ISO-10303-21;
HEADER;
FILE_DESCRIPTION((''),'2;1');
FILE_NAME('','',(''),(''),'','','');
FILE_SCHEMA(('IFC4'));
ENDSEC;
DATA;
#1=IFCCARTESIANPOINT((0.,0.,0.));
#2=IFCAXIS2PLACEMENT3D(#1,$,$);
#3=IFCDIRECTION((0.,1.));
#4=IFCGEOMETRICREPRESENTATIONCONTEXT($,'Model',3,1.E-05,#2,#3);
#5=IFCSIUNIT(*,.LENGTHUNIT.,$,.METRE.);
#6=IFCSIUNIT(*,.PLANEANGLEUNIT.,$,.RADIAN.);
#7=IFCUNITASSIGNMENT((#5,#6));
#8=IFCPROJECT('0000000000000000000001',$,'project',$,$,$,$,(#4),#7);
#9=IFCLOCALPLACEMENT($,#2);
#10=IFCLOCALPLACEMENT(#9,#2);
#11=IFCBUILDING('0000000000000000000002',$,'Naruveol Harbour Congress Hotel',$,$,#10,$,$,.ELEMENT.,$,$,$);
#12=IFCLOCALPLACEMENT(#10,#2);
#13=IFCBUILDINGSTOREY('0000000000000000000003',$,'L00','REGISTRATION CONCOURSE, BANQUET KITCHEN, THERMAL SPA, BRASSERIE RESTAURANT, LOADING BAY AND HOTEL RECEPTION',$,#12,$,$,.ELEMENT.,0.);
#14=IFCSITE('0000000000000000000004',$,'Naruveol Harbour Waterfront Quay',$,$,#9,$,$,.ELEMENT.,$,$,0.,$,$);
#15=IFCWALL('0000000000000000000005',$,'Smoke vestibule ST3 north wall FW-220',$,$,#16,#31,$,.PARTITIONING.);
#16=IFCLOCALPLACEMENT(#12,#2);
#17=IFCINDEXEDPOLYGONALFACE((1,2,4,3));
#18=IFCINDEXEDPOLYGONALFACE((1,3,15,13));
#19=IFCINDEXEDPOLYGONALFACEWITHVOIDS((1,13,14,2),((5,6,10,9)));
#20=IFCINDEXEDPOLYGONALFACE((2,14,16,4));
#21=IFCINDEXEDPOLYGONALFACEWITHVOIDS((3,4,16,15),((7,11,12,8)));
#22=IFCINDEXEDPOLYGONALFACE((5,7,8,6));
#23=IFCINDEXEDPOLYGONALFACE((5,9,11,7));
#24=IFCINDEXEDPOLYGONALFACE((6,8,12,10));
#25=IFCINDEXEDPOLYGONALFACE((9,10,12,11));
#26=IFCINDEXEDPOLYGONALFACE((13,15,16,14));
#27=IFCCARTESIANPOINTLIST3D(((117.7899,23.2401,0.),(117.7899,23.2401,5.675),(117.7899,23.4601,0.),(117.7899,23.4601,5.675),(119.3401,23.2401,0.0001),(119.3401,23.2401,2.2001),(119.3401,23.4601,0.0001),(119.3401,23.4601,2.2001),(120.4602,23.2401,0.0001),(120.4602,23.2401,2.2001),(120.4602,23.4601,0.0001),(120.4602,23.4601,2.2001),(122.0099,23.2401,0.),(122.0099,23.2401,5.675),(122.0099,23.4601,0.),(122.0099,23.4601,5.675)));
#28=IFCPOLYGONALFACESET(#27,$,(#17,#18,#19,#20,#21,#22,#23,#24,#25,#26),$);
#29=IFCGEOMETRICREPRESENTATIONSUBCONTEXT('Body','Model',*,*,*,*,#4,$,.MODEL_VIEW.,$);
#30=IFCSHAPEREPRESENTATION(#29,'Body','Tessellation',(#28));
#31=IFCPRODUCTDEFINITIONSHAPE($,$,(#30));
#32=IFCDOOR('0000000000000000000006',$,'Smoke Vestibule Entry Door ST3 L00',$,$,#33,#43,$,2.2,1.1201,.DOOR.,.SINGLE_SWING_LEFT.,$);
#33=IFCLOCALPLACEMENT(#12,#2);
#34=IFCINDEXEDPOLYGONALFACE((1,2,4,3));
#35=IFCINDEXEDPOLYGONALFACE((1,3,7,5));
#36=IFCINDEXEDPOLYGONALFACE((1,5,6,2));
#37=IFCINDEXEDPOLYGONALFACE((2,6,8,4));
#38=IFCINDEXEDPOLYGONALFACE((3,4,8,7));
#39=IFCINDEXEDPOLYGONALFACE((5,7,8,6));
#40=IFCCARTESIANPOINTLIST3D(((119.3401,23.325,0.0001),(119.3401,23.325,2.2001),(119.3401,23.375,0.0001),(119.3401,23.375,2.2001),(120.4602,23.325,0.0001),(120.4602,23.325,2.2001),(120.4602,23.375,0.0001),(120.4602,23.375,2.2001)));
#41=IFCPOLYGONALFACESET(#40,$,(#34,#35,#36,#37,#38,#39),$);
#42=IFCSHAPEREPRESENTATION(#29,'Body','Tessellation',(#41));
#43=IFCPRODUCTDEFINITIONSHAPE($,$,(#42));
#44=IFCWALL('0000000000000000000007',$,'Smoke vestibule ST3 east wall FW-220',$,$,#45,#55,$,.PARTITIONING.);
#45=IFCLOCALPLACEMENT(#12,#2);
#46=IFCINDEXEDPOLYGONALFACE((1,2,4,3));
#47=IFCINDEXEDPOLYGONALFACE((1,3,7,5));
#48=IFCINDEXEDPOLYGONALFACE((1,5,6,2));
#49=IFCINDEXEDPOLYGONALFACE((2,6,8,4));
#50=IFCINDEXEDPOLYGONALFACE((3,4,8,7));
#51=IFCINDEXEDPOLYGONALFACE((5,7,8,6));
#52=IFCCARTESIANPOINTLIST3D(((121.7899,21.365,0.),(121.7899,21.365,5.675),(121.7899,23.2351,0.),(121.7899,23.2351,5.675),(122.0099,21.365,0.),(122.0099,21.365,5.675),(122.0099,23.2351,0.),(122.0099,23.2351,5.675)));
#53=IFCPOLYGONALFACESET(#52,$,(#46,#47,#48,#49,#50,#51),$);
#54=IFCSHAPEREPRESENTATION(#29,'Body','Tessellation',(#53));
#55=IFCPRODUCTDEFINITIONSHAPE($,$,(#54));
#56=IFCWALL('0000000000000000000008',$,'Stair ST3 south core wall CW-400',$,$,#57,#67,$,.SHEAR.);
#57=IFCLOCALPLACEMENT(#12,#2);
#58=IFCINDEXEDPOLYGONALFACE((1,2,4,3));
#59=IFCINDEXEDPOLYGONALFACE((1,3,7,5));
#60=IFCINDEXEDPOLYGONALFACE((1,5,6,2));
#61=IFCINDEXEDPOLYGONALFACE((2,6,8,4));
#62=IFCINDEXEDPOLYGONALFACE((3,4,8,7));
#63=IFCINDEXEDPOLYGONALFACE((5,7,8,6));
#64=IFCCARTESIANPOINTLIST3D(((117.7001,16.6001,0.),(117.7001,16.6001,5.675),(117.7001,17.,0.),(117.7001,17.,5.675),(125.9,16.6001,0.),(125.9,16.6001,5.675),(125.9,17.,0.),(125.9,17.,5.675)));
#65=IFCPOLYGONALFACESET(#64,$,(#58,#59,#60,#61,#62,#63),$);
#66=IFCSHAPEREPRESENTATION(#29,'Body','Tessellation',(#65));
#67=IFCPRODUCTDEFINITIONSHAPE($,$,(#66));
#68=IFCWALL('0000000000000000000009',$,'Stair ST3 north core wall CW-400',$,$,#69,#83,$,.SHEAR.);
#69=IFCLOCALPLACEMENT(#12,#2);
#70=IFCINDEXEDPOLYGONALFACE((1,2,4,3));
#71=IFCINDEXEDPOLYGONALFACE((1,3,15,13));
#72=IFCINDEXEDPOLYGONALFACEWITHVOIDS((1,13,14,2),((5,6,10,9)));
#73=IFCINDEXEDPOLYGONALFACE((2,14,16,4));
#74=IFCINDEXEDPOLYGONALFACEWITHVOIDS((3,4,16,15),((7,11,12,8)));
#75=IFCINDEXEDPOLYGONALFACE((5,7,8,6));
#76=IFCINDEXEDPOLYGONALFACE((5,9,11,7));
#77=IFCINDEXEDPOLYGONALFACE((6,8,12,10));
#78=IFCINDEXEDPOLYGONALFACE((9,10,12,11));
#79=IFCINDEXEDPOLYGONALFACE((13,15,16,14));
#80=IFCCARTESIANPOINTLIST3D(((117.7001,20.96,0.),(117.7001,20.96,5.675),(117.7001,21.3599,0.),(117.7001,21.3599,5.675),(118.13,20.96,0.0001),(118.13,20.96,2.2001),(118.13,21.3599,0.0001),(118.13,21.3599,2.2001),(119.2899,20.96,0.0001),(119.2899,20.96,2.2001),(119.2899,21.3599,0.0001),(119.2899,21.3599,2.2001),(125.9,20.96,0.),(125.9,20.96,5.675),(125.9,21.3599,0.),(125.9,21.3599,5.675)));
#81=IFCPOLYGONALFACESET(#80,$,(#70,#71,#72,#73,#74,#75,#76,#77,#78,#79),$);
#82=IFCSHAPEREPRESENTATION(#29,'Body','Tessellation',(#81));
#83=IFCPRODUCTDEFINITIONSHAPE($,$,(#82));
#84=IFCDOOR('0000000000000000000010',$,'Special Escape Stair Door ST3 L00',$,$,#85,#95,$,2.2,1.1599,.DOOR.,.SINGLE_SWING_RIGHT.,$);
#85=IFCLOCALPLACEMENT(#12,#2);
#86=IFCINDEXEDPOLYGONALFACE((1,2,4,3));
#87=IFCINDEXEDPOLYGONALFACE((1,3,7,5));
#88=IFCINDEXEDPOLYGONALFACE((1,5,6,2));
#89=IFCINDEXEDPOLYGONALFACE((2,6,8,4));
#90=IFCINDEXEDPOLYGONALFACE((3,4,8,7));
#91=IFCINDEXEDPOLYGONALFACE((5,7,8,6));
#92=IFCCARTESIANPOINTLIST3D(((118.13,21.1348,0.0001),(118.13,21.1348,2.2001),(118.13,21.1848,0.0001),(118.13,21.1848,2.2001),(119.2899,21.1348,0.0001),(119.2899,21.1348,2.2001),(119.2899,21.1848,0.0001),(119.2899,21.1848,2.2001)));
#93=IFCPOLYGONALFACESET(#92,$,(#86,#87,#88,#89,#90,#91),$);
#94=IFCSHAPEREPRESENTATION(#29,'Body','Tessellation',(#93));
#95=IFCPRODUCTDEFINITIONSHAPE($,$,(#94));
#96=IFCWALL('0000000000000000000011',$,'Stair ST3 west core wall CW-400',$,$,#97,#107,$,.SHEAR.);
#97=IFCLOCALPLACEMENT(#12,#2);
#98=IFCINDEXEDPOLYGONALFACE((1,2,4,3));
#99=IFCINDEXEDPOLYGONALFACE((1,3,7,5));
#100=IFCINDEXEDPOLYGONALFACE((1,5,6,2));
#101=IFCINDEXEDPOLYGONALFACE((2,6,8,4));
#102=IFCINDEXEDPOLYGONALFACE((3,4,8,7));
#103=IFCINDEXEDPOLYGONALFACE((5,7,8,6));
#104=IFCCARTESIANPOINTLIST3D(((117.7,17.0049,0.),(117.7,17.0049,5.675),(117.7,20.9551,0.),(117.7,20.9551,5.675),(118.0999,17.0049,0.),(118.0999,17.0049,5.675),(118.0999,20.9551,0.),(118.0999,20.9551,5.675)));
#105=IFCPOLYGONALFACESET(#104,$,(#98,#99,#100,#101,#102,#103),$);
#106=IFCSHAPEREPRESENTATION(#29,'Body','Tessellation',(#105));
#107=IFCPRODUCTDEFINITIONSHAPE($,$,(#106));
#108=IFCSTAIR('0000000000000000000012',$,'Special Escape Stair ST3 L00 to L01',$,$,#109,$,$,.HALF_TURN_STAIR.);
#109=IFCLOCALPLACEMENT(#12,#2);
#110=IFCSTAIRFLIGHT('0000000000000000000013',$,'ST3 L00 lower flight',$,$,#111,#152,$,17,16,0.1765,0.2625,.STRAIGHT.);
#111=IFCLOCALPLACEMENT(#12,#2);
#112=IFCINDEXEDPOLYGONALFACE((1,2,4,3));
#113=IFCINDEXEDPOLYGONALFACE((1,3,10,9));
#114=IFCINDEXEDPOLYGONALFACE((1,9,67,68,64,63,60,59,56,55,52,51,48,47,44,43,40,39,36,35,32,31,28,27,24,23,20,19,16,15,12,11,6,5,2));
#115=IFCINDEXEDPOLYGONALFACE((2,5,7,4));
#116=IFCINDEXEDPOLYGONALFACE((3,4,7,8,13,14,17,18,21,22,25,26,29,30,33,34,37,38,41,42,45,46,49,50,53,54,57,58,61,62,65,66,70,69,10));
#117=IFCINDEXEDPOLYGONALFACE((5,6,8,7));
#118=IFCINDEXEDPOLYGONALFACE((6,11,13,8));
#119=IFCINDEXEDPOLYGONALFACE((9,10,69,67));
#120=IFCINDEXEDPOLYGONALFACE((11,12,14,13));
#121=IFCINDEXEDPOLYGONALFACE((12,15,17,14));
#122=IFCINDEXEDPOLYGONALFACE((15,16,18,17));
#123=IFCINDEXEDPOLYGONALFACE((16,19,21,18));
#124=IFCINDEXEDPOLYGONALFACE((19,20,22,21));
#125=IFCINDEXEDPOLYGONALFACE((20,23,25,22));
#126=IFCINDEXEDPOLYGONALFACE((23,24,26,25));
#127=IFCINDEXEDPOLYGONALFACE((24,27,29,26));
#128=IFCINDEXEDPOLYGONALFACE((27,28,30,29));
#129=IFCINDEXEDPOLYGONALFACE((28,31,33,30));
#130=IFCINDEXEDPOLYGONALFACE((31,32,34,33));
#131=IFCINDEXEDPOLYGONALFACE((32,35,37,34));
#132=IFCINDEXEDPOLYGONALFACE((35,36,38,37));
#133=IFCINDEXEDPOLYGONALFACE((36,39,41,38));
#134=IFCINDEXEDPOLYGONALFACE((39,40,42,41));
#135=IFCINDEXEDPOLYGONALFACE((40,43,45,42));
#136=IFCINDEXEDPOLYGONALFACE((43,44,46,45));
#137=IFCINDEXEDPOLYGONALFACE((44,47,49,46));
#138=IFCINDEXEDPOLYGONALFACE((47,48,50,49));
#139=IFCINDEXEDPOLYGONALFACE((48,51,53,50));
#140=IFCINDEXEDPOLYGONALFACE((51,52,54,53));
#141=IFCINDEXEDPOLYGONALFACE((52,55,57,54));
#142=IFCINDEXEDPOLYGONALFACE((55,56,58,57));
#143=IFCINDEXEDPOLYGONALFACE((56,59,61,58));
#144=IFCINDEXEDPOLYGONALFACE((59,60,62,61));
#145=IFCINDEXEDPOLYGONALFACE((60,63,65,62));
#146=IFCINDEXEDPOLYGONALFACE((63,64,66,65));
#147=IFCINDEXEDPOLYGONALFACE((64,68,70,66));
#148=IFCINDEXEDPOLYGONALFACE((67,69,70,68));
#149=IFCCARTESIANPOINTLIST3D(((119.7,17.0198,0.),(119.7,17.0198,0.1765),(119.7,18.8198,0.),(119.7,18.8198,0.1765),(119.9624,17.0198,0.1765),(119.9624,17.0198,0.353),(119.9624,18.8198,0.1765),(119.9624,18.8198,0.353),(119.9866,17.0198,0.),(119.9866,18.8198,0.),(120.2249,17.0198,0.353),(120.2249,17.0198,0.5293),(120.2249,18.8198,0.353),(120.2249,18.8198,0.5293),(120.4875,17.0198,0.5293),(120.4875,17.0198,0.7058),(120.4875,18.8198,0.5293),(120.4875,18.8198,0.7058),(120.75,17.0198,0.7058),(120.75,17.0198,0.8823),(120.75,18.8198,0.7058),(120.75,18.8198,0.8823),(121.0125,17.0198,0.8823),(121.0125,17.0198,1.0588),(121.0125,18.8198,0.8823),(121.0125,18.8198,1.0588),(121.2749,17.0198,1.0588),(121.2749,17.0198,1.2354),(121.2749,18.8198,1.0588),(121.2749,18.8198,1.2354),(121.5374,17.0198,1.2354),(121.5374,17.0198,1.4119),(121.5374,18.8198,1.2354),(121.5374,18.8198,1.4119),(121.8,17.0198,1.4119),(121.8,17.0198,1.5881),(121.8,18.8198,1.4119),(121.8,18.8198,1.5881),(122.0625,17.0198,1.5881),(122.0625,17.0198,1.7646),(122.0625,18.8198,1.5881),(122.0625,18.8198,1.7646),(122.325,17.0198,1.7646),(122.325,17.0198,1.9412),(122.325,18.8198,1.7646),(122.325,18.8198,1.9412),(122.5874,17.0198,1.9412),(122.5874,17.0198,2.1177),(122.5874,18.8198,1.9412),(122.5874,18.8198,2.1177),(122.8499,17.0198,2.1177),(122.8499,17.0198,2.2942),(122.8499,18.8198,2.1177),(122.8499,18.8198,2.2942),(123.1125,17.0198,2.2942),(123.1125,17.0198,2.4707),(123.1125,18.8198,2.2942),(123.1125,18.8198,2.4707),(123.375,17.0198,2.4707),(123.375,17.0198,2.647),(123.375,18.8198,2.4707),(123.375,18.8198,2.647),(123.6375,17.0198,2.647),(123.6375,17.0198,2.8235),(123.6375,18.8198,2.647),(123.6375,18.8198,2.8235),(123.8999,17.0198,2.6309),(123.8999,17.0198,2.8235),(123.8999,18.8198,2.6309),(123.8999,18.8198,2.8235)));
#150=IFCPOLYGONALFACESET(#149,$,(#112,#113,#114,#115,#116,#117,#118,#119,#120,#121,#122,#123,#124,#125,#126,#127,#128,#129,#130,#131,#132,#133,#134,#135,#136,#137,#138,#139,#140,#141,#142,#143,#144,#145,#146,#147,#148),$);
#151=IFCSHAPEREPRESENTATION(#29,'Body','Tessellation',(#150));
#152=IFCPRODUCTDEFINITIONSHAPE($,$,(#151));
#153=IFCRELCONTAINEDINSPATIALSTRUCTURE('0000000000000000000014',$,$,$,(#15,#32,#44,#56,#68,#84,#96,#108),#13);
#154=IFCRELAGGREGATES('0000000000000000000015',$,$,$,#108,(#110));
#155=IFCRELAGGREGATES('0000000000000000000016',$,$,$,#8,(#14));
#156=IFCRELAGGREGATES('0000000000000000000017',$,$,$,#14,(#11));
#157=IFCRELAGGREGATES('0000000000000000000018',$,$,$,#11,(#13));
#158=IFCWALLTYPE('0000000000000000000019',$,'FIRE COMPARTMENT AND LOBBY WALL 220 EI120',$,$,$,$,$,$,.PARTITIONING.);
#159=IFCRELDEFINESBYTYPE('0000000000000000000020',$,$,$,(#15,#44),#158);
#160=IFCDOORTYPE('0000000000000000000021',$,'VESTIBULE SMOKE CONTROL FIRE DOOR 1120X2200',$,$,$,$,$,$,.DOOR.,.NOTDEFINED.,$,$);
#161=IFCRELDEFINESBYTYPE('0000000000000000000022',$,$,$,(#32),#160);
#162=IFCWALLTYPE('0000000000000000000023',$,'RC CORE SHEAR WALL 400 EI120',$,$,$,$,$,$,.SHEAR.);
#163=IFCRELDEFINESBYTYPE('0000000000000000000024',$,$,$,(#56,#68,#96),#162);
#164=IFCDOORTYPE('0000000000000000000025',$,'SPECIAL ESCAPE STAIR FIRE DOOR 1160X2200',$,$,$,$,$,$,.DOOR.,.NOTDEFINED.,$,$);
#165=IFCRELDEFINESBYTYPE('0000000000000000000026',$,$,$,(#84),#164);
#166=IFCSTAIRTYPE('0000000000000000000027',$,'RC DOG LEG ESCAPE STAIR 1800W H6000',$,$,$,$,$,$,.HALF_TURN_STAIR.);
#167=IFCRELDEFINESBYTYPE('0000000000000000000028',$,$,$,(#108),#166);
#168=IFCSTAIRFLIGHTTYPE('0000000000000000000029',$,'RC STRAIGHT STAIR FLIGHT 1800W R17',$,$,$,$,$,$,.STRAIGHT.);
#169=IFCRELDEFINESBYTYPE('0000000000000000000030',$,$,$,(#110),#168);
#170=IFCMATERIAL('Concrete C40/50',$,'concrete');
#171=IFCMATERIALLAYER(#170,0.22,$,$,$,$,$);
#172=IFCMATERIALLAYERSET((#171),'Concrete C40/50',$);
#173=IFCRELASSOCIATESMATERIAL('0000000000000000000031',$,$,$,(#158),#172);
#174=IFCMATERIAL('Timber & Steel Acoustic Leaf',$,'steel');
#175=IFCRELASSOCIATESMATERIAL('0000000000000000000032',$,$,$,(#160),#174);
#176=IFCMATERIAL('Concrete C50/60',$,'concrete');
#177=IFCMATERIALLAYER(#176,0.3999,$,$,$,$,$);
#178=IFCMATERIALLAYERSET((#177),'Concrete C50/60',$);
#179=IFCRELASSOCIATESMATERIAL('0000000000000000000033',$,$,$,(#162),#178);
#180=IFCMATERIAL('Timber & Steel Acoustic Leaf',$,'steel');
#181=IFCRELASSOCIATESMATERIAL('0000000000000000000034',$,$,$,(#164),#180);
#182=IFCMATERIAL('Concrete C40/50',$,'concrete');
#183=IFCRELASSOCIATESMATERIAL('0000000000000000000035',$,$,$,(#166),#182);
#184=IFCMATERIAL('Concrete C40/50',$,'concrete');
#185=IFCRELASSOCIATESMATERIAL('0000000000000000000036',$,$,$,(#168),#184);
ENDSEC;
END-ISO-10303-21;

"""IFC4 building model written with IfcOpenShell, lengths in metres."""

from ifc_helpers import new_model, si_unit, direction, frame, frame_2d, origin, place, context, subcontext, project, spatial, polyline, rectangle, outline, extrude, material, layer, layer_set, type_object, element, fill, aggregate, save


model = new_model("IFC4")

# Units and contexts
model_context = context("Model", 3, precision=1e-05, world=origin(), true_north=direction((0.0, 1.0)))
body_context = subcontext(model_context, "Body", "Model", "MODEL_VIEW")
ifc_project = project(units=[si_unit("LENGTHUNIT", "METRE"), si_unit("PLANEANGLEUNIT", "RADIAN")], contexts=[model_context])

# Site, building, storey
site_placement = place(None, origin())
site = spatial("IfcSite", under=ifc_project, at=site_placement, Name="Naruveol Harbour Waterfront Quay", CompositionType="ELEMENT", RefElevation=0.0)
building_placement = place(site_placement, origin())
building = spatial("IfcBuilding", under=site, at=building_placement, Name="Naruveol Harbour Congress Hotel", CompositionType="ELEMENT")
storey_placement = place(building_placement, origin())
storey = spatial("IfcBuildingStorey", under=building, at=storey_placement, Name="L00", Description="REGISTRATION CONCOURSE, BANQUET KITCHEN, THERMAL SPA, BRASSERIE RESTAURANT, LOADING BAY AND HOTEL RECEPTION", CompositionType="ELEMENT", Elevation=0.0)

# Shared definitions
ifc_material_1 = material(Name="Concrete C40/50", Category="concrete")
ifc_layer_1 = layer(ifc_material_1, 0.22)
ifc_layer_set_1 = layer_set([ifc_layer_1], Name="Concrete C40/50")
wall_type_1 = type_object("IfcWallType", Name="FIRE COMPARTMENT AND LOBBY WALL 220 EI120", PredefinedType="PARTITIONING", material=ifc_layer_set_1)

# Wall, opening, door
wall_1_placement = place(storey_placement, frame((117.79, 23.3501, 0.0), z_axis=(0.0, 0.0, 1.0), x_axis=(1.0, 0.0, 0.0)))
wall_1 = element("IfcWall", 1, at=wall_1_placement, inside=storey, type_object=wall_type_1, Name="Smoke vestibule ST3 north wall FW-220", PredefinedType="PARTITIONING", context=body_context, shape_type="SweptSolid", body=[
    extrude(rectangle(XDim=4.22, YDim=0.22, at=frame_2d((2.1099, 0.0))), origin(), (0.0, 0.0, 1.0), 5.675),
])
opening_1_placement = place(wall_1_placement, frame((1.55, 0.0, 0.0)))
opening_1 = element("IfcOpeningElement", 2, at=opening_1_placement, cuts=wall_1, PredefinedType="OPENING", context=body_context, shape_type="SweptSolid", body=[
    extrude(rectangle(XDim=1.1201, YDim=2.2, at=frame_2d((0.5601, 1.1001))), frame((0.0, 0.1199, 0.0), z_axis=(0.0, -1.0, 0.0), x_axis=(1.0, 0.0, 0.0)), (0.0, 0.0, 1.0), 0.24),
])
ifc_material_2 = material(Name="Timber & Steel Acoustic Leaf", Category="steel")
door_type_1 = type_object("IfcDoorType", Name="VESTIBULE SMOKE CONTROL FIRE DOOR 1120X2200", OperationType="NOTDEFINED", PredefinedType="DOOR", material=ifc_material_2)
door_1_placement = place(opening_1_placement, origin())
door_1 = element("IfcDoor", 3, at=door_1_placement, inside=storey, type_object=door_type_1, Name="Smoke Vestibule Entry Door ST3 L00", OperationType="SINGLE_SWING_LEFT", OverallHeight=2.2, OverallWidth=1.1201, PredefinedType="DOOR", context=body_context, shape_type="SweptSolid", body=[
    extrude(rectangle(XDim=1.1201, YDim=2.2, at=frame_2d((0.5601, 1.1001))), frame((0.0, 0.0249, 0.0), z_axis=(0.0, -1.0, 0.0), x_axis=(1.0, 0.0, 0.0)), (0.0, 0.0, 1.0), 0.05),
])
fill(opening_1, door_1)

# Walls
wall_2_placement = place(storey_placement, frame((121.8999, 21.365, 0.0), z_axis=(0.0, 0.0, 1.0), x_axis=(0.0, 1.0, 0.0)))
element("IfcWall", 4, at=wall_2_placement, inside=storey, type_object=wall_type_1, Name="Smoke vestibule ST3 east wall FW-220", PredefinedType="PARTITIONING", context=body_context, shape_type="SweptSolid", body=[
    extrude(rectangle(XDim=1.8701, YDim=0.22, at=frame_2d((0.9351, 0.0))), origin(), (0.0, 0.0, 1.0), 5.675),
])
ifc_material_3 = material(Name="Concrete C50/60", Category="concrete")
ifc_layer_2 = layer(ifc_material_3, 0.3999)
ifc_layer_set_2 = layer_set([ifc_layer_2], Name="Concrete C50/60")
wall_type_2 = type_object("IfcWallType", Name="RC CORE SHEAR WALL 400 EI120", PredefinedType="SHEAR", material=ifc_layer_set_2)
wall_3_placement = place(storey_placement, frame((117.7, 16.8, 0.0), z_axis=(0.0, 0.0, 1.0), x_axis=(1.0, 0.0, 0.0)))
element("IfcWall", 5, at=wall_3_placement, inside=storey, type_object=wall_type_2, Name="Stair ST3 south core wall CW-400", PredefinedType="SHEAR", context=body_context, shape_type="SweptSolid", body=[
    extrude(rectangle(XDim=8.2, YDim=0.3999, at=frame_2d((4.1001, 0.0))), origin(), (0.0, 0.0, 1.0), 5.675),
])

# Wall, opening, door
wall_4_placement = place(storey_placement, frame((117.7, 21.1599, 0.0), z_axis=(0.0, 0.0, 1.0), x_axis=(1.0, 0.0, 0.0)))
wall_4 = element("IfcWall", 6, at=wall_4_placement, inside=storey, type_object=wall_type_2, Name="Stair ST3 north core wall CW-400", PredefinedType="SHEAR", context=body_context, shape_type="SweptSolid", body=[
    extrude(rectangle(XDim=8.2, YDim=0.3999, at=frame_2d((4.1001, 0.0))), origin(), (0.0, 0.0, 1.0), 5.675),
])
opening_2_placement = place(wall_4_placement, frame((0.4299, 0.0, 0.0)))
opening_2 = element("IfcOpeningElement", 7, at=opening_2_placement, cuts=wall_4, PredefinedType="OPENING", context=body_context, shape_type="SweptSolid", body=[
    extrude(rectangle(XDim=1.1599, YDim=2.2, at=frame_2d((0.5801, 1.1001))), frame((0.0, 0.21, 0.0), z_axis=(0.0, -1.0, 0.0), x_axis=(1.0, 0.0, 0.0)), (0.0, 0.0, 1.0), 0.4199),
])
ifc_material_4 = material(Name="Timber & Steel Acoustic Leaf", Category="steel")
door_type_2 = type_object("IfcDoorType", Name="SPECIAL ESCAPE STAIR FIRE DOOR 1160X2200", OperationType="NOTDEFINED", PredefinedType="DOOR", material=ifc_material_4)
door_2_placement = place(opening_2_placement, origin())
door_2 = element("IfcDoor", 8, at=door_2_placement, inside=storey, type_object=door_type_2, Name="Special Escape Stair Door ST3 L00", OperationType="SINGLE_SWING_RIGHT", OverallHeight=2.2, OverallWidth=1.1599, PredefinedType="DOOR", context=body_context, shape_type="SweptSolid", body=[
    extrude(rectangle(XDim=1.1599, YDim=2.2, at=frame_2d((0.5801, 1.1001))), frame((0.0, 0.0249, 0.0), z_axis=(0.0, -1.0, 0.0), x_axis=(1.0, 0.0, 0.0)), (0.0, 0.0, 1.0), 0.05),
])
fill(opening_2, door_2)

# Wall
wall_5_placement = place(storey_placement, frame((117.8999, 17.0049, 0.0), z_axis=(0.0, 0.0, 1.0), x_axis=(0.0, 1.0, 0.0)))
element("IfcWall", 9, at=wall_5_placement, inside=storey, type_object=wall_type_2, Name="Stair ST3 west core wall CW-400", PredefinedType="SHEAR", context=body_context, shape_type="SweptSolid", body=[
    extrude(rectangle(XDim=3.9502, YDim=0.3999, at=frame_2d((1.9751, 0.0))), origin(), (0.0, 0.0, 1.0), 5.675),
])

# Stair, stair flight
ifc_material_5 = material(Name="Concrete C40/50", Category="concrete")
stair_type = type_object("IfcStairType", Name="RC DOG LEG ESCAPE STAIR 1800W H6000", PredefinedType="HALF_TURN_STAIR", material=ifc_material_5)
stair_placement = place(storey_placement, origin())
stair = element("IfcStair", 10, at=stair_placement, inside=storey, type_object=stair_type, Name="Special Escape Stair ST3 L00 to L01", PredefinedType="HALF_TURN_STAIR")
ifc_material_6 = material(Name="Concrete C40/50", Category="concrete")
stair_flight_type = type_object("IfcStairFlightType", Name="RC STRAIGHT STAIR FLIGHT 1800W R17", PredefinedType="STRAIGHT", material=ifc_material_6)
stair_flight_1_placement = place(storey_placement, frame((119.7, 17.9199, 0.0), z_axis=(0.0, 0.0, 1.0), x_axis=(1.0, 0.0, 0.0)))
stair_flight_1 = element("IfcStairFlight", 11, at=stair_flight_1_placement, type_object=stair_flight_type, Name="ST3 L00 lower flight", NumberOfRisers=17, NumberOfTreads=16, PredefinedType="STRAIGHT", RiserHeight=0.1765, TreadLength=0.2625, context=body_context, shape_type="SweptSolid", body=[
    extrude(outline(polyline([(0.0, 0.0), (0.0, 0.1765), (0.2625, 0.1765), (0.2625, 0.353), (0.5249, 0.353), (0.5249, 0.5293), (0.7876, 0.5293), (0.7876, 0.7058), (1.05, 0.7058), (1.05, 0.8823), (1.3125, 0.8823), (1.3125, 1.0588), (1.575, 1.0588), (1.575, 1.2354), (1.8374, 1.2354), (1.8374, 1.4119), (2.1001, 1.4119), (2.1001, 1.5881), (2.3625, 1.5881), (2.3625, 1.7646), (2.625, 1.7646), (2.625, 1.9412), (2.8875, 1.9412), (2.8875, 2.1177), (3.1499, 2.1177), (3.1499, 2.2942), (3.4126, 2.2942), (3.4126, 2.4707), (3.675, 2.4707), (3.675, 2.647), (3.9375, 2.647), (3.9375, 2.8235), (4.2, 2.8235), (4.2, 3.0), (4.2, 2.6309), (0.2866, 0.0), (0.0, 0.0)])), frame((0.0, 0.8999, 0.0), z_axis=(0.0, -1.0, 0.0), x_axis=(1.0, 0.0, 0.0)), (0.0, 0.0, 1.0), 1.8),
])
aggregate(stair, [stair_flight_1])

save(model, "model.ifc")
